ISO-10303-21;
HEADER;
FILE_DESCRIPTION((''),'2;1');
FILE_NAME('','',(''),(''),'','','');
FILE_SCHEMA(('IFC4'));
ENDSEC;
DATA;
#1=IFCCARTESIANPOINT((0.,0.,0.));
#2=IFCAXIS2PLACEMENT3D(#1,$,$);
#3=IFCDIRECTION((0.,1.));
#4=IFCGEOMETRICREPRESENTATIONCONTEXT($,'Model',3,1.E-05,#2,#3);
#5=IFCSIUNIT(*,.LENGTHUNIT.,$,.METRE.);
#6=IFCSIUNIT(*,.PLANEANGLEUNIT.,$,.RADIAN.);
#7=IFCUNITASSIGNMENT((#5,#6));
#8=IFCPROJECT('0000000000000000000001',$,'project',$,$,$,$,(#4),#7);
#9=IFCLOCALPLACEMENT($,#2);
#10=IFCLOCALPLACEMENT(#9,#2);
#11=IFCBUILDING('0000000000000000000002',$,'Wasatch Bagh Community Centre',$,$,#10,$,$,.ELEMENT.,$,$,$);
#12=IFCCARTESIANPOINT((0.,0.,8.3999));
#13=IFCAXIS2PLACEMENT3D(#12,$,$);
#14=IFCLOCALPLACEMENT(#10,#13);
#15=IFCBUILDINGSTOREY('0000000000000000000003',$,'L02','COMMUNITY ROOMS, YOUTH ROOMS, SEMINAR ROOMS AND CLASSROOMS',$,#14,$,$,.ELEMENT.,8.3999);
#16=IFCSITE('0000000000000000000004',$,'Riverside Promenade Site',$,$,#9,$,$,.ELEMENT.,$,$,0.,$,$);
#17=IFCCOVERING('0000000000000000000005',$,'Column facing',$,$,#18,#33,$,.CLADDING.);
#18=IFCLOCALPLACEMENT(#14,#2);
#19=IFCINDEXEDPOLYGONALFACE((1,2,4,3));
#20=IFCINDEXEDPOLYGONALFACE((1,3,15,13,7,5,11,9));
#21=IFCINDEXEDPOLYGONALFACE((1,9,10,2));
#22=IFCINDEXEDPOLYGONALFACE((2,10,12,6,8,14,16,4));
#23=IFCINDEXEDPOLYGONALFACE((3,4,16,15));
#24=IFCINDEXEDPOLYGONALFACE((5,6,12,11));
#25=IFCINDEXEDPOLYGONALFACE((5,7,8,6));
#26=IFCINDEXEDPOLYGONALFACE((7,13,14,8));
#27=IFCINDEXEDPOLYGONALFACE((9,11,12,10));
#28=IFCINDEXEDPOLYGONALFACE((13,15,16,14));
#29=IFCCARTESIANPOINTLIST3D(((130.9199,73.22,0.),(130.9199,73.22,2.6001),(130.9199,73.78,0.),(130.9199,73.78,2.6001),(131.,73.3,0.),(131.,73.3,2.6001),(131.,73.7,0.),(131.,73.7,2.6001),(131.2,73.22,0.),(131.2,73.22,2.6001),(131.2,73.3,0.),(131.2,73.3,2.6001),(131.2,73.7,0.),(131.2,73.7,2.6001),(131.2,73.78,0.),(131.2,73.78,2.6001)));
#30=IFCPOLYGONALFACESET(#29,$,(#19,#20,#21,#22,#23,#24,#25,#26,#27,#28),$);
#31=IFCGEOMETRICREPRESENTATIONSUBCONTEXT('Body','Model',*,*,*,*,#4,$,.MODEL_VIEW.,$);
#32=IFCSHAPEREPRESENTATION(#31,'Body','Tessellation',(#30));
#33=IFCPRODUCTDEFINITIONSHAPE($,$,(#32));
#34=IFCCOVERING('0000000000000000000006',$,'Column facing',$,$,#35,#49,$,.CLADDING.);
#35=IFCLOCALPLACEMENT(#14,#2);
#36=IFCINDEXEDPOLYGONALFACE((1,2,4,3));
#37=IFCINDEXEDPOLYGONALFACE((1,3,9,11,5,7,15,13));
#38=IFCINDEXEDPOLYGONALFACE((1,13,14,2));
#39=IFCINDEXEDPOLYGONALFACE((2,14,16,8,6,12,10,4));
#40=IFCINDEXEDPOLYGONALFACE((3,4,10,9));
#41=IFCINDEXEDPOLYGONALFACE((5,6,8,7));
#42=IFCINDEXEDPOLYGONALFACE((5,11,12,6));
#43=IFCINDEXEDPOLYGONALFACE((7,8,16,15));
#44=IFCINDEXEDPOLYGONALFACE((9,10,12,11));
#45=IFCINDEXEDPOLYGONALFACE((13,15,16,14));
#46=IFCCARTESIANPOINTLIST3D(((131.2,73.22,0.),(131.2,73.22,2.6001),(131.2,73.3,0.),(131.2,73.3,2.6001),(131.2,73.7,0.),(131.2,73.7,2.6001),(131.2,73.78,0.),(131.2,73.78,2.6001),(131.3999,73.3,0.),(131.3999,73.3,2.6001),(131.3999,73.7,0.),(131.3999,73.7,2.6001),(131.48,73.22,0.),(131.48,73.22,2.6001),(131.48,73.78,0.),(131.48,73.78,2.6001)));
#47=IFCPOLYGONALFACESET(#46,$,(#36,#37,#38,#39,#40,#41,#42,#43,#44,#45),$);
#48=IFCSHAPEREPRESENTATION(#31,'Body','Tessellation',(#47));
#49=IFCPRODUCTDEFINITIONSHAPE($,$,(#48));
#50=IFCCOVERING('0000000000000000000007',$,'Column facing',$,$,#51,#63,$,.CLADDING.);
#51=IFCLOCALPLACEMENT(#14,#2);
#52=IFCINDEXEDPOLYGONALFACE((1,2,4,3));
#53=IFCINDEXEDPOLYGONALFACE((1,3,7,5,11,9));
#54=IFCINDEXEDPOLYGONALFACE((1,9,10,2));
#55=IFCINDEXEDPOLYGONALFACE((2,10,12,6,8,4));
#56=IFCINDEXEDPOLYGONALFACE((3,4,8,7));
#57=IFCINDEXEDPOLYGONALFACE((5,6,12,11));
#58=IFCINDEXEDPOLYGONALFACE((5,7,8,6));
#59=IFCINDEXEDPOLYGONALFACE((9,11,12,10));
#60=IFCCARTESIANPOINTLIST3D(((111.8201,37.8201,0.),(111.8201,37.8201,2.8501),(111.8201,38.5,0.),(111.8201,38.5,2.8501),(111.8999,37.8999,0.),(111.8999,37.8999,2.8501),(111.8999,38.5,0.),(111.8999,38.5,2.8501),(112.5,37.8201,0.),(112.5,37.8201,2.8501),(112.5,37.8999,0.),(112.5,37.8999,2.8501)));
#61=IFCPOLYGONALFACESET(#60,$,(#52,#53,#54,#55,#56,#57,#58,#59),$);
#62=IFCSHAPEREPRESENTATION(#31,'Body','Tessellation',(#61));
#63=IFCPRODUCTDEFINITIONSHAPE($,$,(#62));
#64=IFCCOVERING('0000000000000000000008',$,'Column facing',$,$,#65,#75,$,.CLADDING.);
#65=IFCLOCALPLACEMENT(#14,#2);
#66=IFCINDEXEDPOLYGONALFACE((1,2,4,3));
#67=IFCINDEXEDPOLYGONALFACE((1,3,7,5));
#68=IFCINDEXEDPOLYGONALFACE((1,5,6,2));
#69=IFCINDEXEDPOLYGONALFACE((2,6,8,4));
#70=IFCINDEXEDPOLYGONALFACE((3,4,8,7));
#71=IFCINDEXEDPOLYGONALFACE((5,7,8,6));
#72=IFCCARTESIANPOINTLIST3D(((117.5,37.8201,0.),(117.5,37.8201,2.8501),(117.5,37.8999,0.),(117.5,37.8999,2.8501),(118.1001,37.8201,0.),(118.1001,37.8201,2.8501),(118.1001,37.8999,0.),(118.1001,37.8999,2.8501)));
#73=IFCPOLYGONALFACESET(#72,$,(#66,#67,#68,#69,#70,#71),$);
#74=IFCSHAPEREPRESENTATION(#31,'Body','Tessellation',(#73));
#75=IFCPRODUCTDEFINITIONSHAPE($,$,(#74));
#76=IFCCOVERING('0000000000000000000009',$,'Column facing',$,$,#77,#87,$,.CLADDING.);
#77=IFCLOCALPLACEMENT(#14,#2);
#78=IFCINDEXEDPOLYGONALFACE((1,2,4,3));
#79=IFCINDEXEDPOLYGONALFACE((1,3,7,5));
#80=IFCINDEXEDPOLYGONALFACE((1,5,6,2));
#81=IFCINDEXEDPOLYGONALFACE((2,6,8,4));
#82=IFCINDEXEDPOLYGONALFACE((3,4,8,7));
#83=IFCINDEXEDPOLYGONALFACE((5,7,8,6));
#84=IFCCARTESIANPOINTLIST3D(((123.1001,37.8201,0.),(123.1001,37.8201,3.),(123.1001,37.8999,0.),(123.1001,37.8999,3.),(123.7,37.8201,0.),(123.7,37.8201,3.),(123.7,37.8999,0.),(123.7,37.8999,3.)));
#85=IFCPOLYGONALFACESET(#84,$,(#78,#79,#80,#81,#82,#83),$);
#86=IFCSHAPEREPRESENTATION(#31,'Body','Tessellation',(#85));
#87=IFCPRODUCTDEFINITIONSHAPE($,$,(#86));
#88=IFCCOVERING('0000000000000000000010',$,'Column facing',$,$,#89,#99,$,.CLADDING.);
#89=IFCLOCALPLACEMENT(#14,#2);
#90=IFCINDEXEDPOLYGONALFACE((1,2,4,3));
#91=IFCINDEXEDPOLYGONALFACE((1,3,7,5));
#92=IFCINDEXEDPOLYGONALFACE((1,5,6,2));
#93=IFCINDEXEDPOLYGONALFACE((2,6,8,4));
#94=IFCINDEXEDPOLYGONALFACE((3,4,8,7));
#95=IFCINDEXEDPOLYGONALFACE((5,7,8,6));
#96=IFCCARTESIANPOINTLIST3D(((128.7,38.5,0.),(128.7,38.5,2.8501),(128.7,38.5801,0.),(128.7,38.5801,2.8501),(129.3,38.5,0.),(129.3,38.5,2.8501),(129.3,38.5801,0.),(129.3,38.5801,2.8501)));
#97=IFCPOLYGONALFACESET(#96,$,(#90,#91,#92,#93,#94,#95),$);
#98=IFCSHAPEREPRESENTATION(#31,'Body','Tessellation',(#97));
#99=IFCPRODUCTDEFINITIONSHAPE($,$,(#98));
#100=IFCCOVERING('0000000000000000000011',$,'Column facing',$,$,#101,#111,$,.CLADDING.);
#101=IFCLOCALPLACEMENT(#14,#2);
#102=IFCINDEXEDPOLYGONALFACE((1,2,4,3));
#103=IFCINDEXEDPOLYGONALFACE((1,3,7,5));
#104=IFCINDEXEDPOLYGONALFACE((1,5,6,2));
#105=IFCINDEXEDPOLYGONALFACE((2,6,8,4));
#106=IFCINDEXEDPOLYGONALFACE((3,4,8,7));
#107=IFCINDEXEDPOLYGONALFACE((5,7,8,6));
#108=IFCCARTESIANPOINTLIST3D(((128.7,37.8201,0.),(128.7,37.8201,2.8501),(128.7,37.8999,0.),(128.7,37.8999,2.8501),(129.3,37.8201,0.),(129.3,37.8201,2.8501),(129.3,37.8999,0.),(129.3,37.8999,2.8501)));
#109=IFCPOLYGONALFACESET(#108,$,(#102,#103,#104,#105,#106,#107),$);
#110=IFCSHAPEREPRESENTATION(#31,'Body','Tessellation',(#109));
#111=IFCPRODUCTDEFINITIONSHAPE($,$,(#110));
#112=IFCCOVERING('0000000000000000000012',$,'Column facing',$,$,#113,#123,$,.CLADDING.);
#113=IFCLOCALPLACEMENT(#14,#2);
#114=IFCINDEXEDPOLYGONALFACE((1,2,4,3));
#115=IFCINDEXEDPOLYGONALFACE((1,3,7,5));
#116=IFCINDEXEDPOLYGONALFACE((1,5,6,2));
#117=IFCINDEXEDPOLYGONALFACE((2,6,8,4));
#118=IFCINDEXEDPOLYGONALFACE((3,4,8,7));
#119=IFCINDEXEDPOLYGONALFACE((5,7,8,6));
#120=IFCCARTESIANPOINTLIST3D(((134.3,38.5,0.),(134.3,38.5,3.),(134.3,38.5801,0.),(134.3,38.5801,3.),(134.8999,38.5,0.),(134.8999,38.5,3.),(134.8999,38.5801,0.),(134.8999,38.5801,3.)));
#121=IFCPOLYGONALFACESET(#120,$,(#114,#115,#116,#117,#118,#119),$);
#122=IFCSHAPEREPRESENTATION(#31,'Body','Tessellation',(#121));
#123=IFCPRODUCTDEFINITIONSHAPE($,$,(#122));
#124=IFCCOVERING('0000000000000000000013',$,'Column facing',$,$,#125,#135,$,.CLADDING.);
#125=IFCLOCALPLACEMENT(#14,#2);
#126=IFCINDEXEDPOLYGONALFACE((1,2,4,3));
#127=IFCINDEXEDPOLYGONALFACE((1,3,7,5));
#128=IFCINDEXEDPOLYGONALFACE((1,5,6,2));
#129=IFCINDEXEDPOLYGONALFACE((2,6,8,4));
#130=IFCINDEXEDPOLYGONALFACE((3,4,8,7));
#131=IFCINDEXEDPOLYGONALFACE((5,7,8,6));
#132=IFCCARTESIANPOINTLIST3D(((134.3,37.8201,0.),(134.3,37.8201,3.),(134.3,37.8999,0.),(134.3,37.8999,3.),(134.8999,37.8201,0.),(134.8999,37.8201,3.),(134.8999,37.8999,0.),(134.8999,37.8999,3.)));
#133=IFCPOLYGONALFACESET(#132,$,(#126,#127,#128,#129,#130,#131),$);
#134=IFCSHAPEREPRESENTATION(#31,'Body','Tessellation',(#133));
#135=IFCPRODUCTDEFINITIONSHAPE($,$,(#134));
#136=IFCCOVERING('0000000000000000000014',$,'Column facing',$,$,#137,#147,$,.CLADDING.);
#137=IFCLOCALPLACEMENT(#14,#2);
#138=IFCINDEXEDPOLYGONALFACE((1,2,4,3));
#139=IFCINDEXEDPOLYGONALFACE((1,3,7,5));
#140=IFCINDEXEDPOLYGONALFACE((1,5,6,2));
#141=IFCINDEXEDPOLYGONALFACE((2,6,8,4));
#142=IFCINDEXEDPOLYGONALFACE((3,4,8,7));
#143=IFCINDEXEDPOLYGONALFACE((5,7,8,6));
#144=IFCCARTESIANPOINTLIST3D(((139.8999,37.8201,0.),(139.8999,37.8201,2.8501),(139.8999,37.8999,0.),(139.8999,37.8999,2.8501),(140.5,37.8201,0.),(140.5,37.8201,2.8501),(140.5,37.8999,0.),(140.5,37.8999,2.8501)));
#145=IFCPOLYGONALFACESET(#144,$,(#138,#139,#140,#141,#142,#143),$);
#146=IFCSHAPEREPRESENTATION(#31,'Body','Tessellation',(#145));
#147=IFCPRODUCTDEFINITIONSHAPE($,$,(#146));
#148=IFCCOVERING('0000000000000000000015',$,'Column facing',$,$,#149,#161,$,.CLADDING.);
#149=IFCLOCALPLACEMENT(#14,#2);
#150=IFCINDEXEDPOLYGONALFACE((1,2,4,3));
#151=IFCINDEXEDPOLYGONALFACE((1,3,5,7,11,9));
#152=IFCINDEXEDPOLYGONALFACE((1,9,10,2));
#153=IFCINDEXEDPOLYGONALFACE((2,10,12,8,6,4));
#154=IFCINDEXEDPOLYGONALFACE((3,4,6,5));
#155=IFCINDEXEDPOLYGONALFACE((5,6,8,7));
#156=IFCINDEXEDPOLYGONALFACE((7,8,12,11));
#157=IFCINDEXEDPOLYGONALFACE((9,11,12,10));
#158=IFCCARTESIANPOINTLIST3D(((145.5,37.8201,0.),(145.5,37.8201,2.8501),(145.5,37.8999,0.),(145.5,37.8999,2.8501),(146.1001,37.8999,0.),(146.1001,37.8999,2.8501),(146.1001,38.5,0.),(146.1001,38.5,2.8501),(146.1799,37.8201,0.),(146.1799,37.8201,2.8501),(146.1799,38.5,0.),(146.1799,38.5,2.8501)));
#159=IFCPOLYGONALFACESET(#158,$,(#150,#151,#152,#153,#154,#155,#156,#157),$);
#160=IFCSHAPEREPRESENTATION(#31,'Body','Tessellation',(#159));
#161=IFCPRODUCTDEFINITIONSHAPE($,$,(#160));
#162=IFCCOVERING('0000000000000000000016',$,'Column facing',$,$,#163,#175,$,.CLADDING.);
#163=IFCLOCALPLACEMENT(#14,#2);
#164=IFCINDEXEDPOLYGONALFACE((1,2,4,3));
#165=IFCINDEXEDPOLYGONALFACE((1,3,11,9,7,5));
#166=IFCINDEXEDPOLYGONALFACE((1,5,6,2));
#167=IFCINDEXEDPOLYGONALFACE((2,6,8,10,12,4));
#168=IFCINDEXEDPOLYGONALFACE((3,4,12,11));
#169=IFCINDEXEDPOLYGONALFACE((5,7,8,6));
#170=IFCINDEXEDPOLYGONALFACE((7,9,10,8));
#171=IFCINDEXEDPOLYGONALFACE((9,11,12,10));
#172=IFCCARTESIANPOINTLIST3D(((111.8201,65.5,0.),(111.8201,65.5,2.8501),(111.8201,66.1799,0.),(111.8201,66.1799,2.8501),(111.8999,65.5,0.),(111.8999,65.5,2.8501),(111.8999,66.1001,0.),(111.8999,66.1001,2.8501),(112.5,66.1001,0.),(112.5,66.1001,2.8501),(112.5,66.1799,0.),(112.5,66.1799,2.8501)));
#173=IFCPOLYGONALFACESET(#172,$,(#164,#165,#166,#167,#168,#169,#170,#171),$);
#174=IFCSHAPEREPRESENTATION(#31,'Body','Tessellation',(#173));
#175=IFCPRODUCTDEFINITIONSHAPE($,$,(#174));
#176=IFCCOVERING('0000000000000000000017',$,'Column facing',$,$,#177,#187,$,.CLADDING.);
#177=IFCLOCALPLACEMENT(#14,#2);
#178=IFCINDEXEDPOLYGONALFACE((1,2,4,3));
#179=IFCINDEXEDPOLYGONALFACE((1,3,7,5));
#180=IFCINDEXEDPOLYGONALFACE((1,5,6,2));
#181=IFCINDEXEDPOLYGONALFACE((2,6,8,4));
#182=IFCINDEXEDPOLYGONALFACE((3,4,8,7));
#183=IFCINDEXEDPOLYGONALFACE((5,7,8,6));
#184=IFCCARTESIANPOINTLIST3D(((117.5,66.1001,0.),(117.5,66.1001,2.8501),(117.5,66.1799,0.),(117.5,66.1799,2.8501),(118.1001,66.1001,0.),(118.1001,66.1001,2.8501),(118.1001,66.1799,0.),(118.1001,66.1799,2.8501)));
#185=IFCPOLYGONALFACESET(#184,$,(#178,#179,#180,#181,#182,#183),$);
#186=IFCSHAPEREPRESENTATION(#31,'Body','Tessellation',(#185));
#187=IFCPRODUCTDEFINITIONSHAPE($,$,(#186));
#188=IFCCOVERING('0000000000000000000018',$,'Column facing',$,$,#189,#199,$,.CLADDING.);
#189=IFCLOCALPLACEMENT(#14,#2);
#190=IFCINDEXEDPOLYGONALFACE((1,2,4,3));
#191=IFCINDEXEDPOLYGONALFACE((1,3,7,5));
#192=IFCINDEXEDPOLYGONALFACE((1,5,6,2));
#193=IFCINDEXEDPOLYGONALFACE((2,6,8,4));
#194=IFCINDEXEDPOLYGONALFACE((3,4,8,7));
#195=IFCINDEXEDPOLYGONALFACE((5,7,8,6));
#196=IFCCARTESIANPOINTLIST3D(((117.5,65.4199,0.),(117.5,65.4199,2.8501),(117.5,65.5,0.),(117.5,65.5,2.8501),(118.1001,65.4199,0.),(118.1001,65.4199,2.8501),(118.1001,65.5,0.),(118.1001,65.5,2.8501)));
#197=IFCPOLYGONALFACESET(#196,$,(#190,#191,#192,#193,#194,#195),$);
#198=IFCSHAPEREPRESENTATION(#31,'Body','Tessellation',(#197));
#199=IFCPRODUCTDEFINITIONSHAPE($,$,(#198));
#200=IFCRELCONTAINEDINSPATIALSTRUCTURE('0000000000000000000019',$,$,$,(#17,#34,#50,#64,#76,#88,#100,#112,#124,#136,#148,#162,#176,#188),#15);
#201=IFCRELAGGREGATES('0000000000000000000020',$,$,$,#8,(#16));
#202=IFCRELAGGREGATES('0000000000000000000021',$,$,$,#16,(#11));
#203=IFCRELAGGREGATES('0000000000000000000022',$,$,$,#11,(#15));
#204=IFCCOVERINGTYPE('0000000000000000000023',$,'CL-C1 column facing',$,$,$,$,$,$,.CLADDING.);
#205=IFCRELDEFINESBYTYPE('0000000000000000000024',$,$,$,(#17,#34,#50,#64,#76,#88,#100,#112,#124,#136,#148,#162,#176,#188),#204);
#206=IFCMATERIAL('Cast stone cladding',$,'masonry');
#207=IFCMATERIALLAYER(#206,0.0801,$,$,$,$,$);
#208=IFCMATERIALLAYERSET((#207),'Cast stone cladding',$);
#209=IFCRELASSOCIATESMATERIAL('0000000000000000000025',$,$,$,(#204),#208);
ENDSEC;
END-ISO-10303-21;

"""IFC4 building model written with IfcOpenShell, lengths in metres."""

from ifc_helpers import new_model, si_unit, direction, frame, origin, place, context, subcontext, project, spatial, polyline, outline, extrude, material, layer, layer_set, type_object, element, save


model = new_model("IFC4")

# Units and contexts
model_context = context("Model", 3, precision=1e-05, world=origin(), true_north=direction((0.0, 1.0)))
body_context = subcontext(model_context, "Body", "Model", "MODEL_VIEW")
ifc_project = project(units=[si_unit("LENGTHUNIT", "METRE"), si_unit("PLANEANGLEUNIT", "RADIAN")], contexts=[model_context])

# Site, building, storey
site_placement = place(None, origin())
site = spatial("IfcSite", under=ifc_project, at=site_placement, Name="Riverside Promenade Site", CompositionType="ELEMENT", RefElevation=0.0)
building_placement = place(site_placement, origin())
building = spatial("IfcBuilding", under=site, at=building_placement, Name="Wasatch Bagh Community Centre", CompositionType="ELEMENT")
storey_placement = place(building_placement, frame((0.0, 0.0, 8.3999)))
storey = spatial("IfcBuildingStorey", under=building, at=storey_placement, Name="L02", Description="COMMUNITY ROOMS, YOUTH ROOMS, SEMINAR ROOMS AND CLASSROOMS", CompositionType="ELEMENT", Elevation=8.3999)

# Coverings
ifc_material = material(Name="Cast stone cladding", Category="masonry")
ifc_layer = layer(ifc_material, 0.0801)
ifc_layer_set = layer_set([ifc_layer], Name="Cast stone cladding")
covering_type = type_object("IfcCoveringType", Name="CL-C1 column facing", PredefinedType="CLADDING", material=ifc_layer_set)
covering_1_placement = place(storey_placement, origin())
element("IfcCovering", 1, at=covering_1_placement, inside=storey, type_object=covering_type, Name="Column facing", PredefinedType="CLADDING", context=body_context, shape_type="SweptSolid", body=[
    extrude(outline(polyline([(131.2, 73.78), (131.2, 73.7), (131.0, 73.7), (131.0, 73.3), (131.2, 73.3), (131.2, 73.22), (130.9199, 73.22), (130.9199, 73.78), (131.2, 73.78)])), origin(), (0.0, 0.0, 1.0), 2.6001),
])
covering_2_placement = place(storey_placement, origin())
element("IfcCovering", 2, at=covering_2_placement, inside=storey, type_object=covering_type, Name="Column facing", PredefinedType="CLADDING", context=body_context, shape_type="SweptSolid", body=[
    extrude(outline(polyline([(131.48, 73.78), (131.48, 73.22), (131.2, 73.22), (131.2, 73.3), (131.3999, 73.3), (131.3999, 73.7), (131.2, 73.7), (131.2, 73.78), (131.48, 73.78)])), origin(), (0.0, 0.0, 1.0), 2.6001),
])
covering_3_placement = place(storey_placement, origin())
element("IfcCovering", 3, at=covering_3_placement, inside=storey, type_object=covering_type, Name="Column facing", PredefinedType="CLADDING", context=body_context, shape_type="SweptSolid", body=[
    extrude(outline(polyline([(111.8201, 37.8201), (111.8201, 38.5), (111.8999, 38.5), (111.8999, 37.8999), (112.5, 37.8999), (112.5, 37.8201), (111.8201, 37.8201)])), origin(), (0.0, 0.0, 1.0), 2.8501),
])
covering_4_placement = place(storey_placement, origin())
element("IfcCovering", 4, at=covering_4_placement, inside=storey, type_object=covering_type, Name="Column facing", PredefinedType="CLADDING", context=body_context, shape_type="SweptSolid", body=[
    extrude(outline(polyline([(117.5, 37.8999), (118.1001, 37.8999), (118.1001, 37.8201), (117.5, 37.8201), (117.5, 37.8999)])), origin(), (0.0, 0.0, 1.0), 2.8501),
])
covering_5_placement = place(storey_placement, origin())
element("IfcCovering", 5, at=covering_5_placement, inside=storey, type_object=covering_type, Name="Column facing", PredefinedType="CLADDING", context=body_context, shape_type="SweptSolid", body=[
    extrude(outline(polyline([(123.1001, 37.8999), (123.7, 37.8999), (123.7, 37.8201), (123.1001, 37.8201), (123.1001, 37.8999)])), origin(), (0.0, 0.0, 1.0), 3.0),
])
covering_6_placement = place(storey_placement, origin())
element("IfcCovering", 6, at=covering_6_placement, inside=storey, type_object=covering_type, Name="Column facing", PredefinedType="CLADDING", context=body_context, shape_type="SweptSolid", body=[
    extrude(outline(polyline([(128.7, 38.5), (128.7, 38.5801), (129.3, 38.5801), (129.3, 38.5), (128.7, 38.5)])), origin(), (0.0, 0.0, 1.0), 2.8501),
])
covering_7_placement = place(storey_placement, origin())
element("IfcCovering", 7, at=covering_7_placement, inside=storey, type_object=covering_type, Name="Column facing", PredefinedType="CLADDING", context=body_context, shape_type="SweptSolid", body=[
    extrude(outline(polyline([(129.3, 37.8999), (129.3, 37.8201), (128.7, 37.8201), (128.7, 37.8999), (129.3, 37.8999)])), origin(), (0.0, 0.0, 1.0), 2.8501),
])
covering_8_placement = place(storey_placement, origin())
element("IfcCovering", 8, at=covering_8_placement, inside=storey, type_object=covering_type, Name="Column facing", PredefinedType="CLADDING", context=body_context, shape_type="SweptSolid", body=[
    extrude(outline(polyline([(134.3, 38.5), (134.3, 38.5801), (134.8999, 38.5801), (134.8999, 38.5), (134.3, 38.5)])), origin(), (0.0, 0.0, 1.0), 3.0),
])
covering_9_placement = place(storey_placement, origin())
element("IfcCovering", 9, at=covering_9_placement, inside=storey, type_object=covering_type, Name="Column facing", PredefinedType="CLADDING", context=body_context, shape_type="SweptSolid", body=[
    extrude(outline(polyline([(134.8999, 37.8999), (134.8999, 37.8201), (134.3, 37.8201), (134.3, 37.8999), (134.8999, 37.8999)])), origin(), (0.0, 0.0, 1.0), 3.0),
])
covering_10_placement = place(storey_placement, origin())
element("IfcCovering", 10, at=covering_10_placement, inside=storey, type_object=covering_type, Name="Column facing", PredefinedType="CLADDING", context=body_context, shape_type="SweptSolid", body=[
    extrude(outline(polyline([(139.8999, 37.8999), (140.5, 37.8999), (140.5, 37.8201), (139.8999, 37.8201), (139.8999, 37.8999)])), origin(), (0.0, 0.0, 1.0), 2.8501),
])
covering_11_placement = place(storey_placement, origin())
element("IfcCovering", 11, at=covering_11_placement, inside=storey, type_object=covering_type, Name="Column facing", PredefinedType="CLADDING", context=body_context, shape_type="SweptSolid", body=[
    extrude(outline(polyline([(146.1001, 37.8999), (146.1001, 38.5), (146.1799, 38.5), (146.1799, 37.8201), (145.5, 37.8201), (145.5, 37.8999), (146.1001, 37.8999)])), origin(), (0.0, 0.0, 1.0), 2.8501),
])
covering_12_placement = place(storey_placement, origin())
element("IfcCovering", 12, at=covering_12_placement, inside=storey, type_object=covering_type, Name="Column facing", PredefinedType="CLADDING", context=body_context, shape_type="SweptSolid", body=[
    extrude(outline(polyline([(111.8999, 65.5), (111.8201, 65.5), (111.8201, 66.1799), (112.5, 66.1799), (112.5, 66.1001), (111.8999, 66.1001), (111.8999, 65.5)])), origin(), (0.0, 0.0, 1.0), 2.8501),
])
covering_13_placement = place(storey_placement, origin())
element("IfcCovering", 13, at=covering_13_placement, inside=storey, type_object=covering_type, Name="Column facing", PredefinedType="CLADDING", context=body_context, shape_type="SweptSolid", body=[
    extrude(outline(polyline([(117.5, 66.1001), (117.5, 66.1799), (118.1001, 66.1799), (118.1001, 66.1001), (117.5, 66.1001)])), origin(), (0.0, 0.0, 1.0), 2.8501),
])
covering_14_placement = place(storey_placement, origin())
element("IfcCovering", 14, at=covering_14_placement, inside=storey, type_object=covering_type, Name="Column facing", PredefinedType="CLADDING", context=body_context, shape_type="SweptSolid", body=[
    extrude(outline(polyline([(118.1001, 65.5), (118.1001, 65.4199), (117.5, 65.4199), (117.5, 65.5), (118.1001, 65.5)])), origin(), (0.0, 0.0, 1.0), 2.8501),
])

save(model, "model.ifc")
